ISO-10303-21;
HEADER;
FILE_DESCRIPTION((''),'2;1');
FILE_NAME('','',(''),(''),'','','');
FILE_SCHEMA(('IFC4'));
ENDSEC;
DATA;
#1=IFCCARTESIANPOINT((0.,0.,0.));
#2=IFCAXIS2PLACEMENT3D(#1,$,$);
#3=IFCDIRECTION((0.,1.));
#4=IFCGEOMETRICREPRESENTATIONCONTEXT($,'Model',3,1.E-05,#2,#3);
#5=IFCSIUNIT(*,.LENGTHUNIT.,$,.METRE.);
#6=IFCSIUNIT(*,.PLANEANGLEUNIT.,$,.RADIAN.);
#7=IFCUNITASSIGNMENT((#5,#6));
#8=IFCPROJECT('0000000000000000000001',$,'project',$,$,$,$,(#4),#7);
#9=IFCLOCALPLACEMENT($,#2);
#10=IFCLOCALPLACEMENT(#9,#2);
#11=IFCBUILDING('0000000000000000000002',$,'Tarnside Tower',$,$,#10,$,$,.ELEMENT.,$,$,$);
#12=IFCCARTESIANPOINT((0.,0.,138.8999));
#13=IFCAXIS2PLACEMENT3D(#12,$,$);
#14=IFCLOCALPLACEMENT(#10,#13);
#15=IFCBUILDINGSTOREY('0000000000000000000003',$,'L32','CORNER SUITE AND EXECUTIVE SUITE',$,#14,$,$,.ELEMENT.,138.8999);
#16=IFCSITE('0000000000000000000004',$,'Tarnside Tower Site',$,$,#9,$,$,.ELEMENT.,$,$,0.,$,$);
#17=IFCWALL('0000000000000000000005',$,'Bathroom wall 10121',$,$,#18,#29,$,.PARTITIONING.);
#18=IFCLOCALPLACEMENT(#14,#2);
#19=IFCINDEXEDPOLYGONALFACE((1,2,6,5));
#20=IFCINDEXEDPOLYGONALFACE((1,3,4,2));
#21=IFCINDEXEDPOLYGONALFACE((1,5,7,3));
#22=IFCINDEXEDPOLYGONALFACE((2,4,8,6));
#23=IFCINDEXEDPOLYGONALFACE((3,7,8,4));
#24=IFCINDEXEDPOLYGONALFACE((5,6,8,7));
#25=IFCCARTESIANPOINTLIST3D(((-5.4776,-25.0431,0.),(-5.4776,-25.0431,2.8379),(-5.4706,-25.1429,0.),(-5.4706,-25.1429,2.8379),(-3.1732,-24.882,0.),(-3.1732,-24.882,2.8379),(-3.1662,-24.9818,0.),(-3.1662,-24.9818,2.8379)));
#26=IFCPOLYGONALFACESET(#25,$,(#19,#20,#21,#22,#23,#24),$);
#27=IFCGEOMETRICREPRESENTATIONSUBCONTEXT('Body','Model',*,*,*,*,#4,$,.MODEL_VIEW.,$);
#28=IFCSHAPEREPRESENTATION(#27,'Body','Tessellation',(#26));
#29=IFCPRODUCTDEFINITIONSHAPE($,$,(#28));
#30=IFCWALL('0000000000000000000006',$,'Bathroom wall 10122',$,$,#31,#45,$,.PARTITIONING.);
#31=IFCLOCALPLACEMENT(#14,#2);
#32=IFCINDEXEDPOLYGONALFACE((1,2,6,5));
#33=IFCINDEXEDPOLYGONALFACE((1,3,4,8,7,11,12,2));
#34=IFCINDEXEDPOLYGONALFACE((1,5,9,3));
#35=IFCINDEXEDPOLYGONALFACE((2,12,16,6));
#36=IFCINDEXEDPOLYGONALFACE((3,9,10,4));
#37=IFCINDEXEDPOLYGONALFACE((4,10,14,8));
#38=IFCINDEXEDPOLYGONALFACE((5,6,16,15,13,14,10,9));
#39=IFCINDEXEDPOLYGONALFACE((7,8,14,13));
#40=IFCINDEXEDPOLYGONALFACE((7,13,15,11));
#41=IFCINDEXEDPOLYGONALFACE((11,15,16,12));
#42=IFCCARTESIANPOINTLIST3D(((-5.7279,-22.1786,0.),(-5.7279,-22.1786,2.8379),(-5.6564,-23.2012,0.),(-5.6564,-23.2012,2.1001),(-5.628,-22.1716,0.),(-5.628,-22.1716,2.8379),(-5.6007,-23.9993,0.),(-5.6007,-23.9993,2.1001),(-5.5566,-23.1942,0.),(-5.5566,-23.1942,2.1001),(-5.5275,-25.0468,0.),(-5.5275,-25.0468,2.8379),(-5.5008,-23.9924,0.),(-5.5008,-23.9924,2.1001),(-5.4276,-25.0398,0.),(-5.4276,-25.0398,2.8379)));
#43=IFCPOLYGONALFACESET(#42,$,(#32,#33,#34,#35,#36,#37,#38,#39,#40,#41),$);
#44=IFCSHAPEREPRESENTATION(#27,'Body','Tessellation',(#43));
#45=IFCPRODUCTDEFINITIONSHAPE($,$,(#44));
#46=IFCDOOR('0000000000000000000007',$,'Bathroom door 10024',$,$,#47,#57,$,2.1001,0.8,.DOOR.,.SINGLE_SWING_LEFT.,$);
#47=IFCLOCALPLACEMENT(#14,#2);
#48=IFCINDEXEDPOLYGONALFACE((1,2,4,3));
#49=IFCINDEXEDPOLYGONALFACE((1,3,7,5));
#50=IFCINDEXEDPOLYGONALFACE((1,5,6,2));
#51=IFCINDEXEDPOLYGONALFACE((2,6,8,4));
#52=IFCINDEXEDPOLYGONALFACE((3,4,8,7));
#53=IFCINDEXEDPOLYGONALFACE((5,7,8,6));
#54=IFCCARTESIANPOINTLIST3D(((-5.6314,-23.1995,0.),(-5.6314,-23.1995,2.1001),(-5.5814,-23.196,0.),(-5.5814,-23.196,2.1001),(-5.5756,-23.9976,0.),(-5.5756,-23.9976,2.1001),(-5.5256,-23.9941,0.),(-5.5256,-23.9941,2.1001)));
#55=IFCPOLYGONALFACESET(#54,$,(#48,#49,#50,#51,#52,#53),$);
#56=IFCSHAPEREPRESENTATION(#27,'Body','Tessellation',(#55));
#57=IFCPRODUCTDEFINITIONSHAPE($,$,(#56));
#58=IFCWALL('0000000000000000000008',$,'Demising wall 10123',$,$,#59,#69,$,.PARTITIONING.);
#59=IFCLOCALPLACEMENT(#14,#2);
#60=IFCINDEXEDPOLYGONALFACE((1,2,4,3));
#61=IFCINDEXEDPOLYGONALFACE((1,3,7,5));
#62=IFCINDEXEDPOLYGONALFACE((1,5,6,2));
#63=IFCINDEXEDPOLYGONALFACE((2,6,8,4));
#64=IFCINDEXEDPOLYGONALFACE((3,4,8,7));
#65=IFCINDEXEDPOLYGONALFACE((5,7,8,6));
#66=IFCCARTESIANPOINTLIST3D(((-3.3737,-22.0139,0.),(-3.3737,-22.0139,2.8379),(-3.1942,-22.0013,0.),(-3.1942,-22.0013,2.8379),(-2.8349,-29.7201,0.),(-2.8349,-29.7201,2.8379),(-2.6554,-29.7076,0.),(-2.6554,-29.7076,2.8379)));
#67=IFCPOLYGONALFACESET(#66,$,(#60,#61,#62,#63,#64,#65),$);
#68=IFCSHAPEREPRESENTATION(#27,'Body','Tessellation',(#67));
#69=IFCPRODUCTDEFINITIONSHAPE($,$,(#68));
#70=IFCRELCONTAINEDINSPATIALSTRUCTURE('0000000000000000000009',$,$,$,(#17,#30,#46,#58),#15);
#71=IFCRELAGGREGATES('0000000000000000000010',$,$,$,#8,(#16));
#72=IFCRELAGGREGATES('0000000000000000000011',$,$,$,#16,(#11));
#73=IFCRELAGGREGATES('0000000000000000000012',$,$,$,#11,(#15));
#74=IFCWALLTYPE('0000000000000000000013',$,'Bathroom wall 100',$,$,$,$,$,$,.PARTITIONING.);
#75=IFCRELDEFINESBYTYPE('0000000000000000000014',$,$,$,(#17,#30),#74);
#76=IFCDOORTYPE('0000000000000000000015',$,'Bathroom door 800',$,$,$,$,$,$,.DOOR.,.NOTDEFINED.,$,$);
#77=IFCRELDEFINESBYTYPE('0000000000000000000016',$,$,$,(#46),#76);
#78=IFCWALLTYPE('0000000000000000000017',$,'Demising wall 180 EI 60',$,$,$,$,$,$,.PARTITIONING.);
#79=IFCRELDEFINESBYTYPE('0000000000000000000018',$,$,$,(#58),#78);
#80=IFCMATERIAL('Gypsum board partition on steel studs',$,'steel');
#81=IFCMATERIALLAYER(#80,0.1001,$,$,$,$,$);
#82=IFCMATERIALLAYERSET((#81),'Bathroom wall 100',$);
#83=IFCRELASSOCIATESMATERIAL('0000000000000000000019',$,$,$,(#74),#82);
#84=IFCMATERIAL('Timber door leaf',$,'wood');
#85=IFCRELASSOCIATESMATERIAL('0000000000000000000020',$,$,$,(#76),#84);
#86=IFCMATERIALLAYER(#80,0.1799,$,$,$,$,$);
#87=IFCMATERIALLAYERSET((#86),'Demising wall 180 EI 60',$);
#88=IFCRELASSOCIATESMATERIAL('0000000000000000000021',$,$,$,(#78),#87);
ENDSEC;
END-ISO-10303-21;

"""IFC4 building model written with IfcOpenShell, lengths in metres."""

from ifc_helpers import new_model, si_unit, direction, frame, frame_2d, origin, place, context, subcontext, project, spatial, rectangle, extrude, material, layer, layer_set, type_object, element, fill, save


model = new_model("IFC4")

# Units and contexts
model_context = context("Model", 3, precision=1e-05, world=origin(), true_north=direction((0.0, 1.0)))
body_context = subcontext(model_context, "Body", "Model", "MODEL_VIEW")
ifc_project = project(units=[si_unit("LENGTHUNIT", "METRE"), si_unit("PLANEANGLEUNIT", "RADIAN")], contexts=[model_context])

# Site, building, storey
site_placement = place(None, origin())
site = spatial("IfcSite", under=ifc_project, at=site_placement, Name="Tarnside Tower Site", CompositionType="ELEMENT", RefElevation=0.0)
building_placement = place(site_placement, origin())
building = spatial("IfcBuilding", under=site, at=building_placement, Name="Tarnside Tower", CompositionType="ELEMENT")
storey_placement = place(building_placement, frame((0.0, 0.0, 138.8999)))
storey = spatial("IfcBuildingStorey", under=building, at=storey_placement, Name="L32", Description="CORNER SUITE AND EXECUTIVE SUITE", CompositionType="ELEMENT", Elevation=138.8999)

# Wall
ifc_material_1 = material(Name="Gypsum board partition on steel studs", Category="steel")
ifc_layer_1 = layer(ifc_material_1, 0.1001)
ifc_layer_set_1 = layer_set([ifc_layer_1], Name="Bathroom wall 100")
wall_type_1 = type_object("IfcWallType", Name="Bathroom wall 100", PredefinedType="PARTITIONING", material=ifc_layer_set_1)
wall_1_placement = place(storey_placement, frame((-3.1697, -24.9319, 0.0), z_axis=(0.0, 0.0, 1.0), x_axis=(-0.997564, -0.069752, 0.0)))
element("IfcWall", 1, at=wall_1_placement, inside=storey, type_object=wall_type_1, Name="Bathroom wall 10121", PredefinedType="PARTITIONING", context=body_context, shape_type="SweptSolid", body=[
    extrude(rectangle(XDim=2.3101, YDim=0.1001, at=frame_2d((1.155, 0.0))), origin(), (0.0, 0.0, 1.0), 2.8379),
])

# Wall, opening, door
wall_2_placement = place(storey_placement, frame((-5.4775, -25.0432, 0.0), z_axis=(0.0, 0.0, 1.0), x_axis=(-0.069714, 0.997567, 0.0)))
wall_2 = element("IfcWall", 2, at=wall_2_placement, inside=storey, type_object=wall_type_1, Name="Bathroom wall 10122", PredefinedType="PARTITIONING", context=body_context, shape_type="SweptSolid", body=[
    extrude(rectangle(XDim=2.8752, YDim=0.1001, at=frame_2d((1.4375, 0.0))), origin(), (0.0, 0.0, 1.0), 2.8379),
])
opening_1_placement = place(wall_2_placement, frame((1.05, 0.0, 0.0)))
opening_1 = element("IfcOpeningElement", 3, at=opening_1_placement, cuts=wall_2, PredefinedType="OPENING", context=body_context, shape_type="SweptSolid", body=[
    extrude(rectangle(XDim=0.8, YDim=2.1001, at=frame_2d((0.3999, 1.05))), frame((0.0, 0.0601, 0.0), z_axis=(0.0, -1.0, 0.0), x_axis=(1.0, 0.0, 0.0)), (0.0, 0.0, 1.0), 0.1201),
])
ifc_material_2 = material(Name="Timber door leaf", Category="wood")
door_type = type_object("IfcDoorType", Name="Bathroom door 800", OperationType="NOTDEFINED", PredefinedType="DOOR", material=ifc_material_2)
door_placement = place(opening_1_placement, origin())
door = element("IfcDoor", 4, at=door_placement, inside=storey, type_object=door_type, Name="Bathroom door 10024", OperationType="SINGLE_SWING_LEFT", OverallHeight=2.1001, OverallWidth=0.8, PredefinedType="DOOR", context=body_context, shape_type="SweptSolid", body=[
    extrude(rectangle(XDim=0.8, YDim=2.1001, at=frame_2d((0.3999, 1.05))), frame((0.0, 0.0249, 0.0), z_axis=(0.0, -1.0, 0.0), x_axis=(1.0, 0.0, 0.0)), (0.0, 0.0, 1.0), 0.05),
])
fill(opening_1, door)

# Wall
ifc_layer_2 = layer(ifc_material_1, 0.1799)
ifc_layer_set_2 = layer_set([ifc_layer_2], Name="Demising wall 180 EI 60")
wall_type_2 = type_object("IfcWallType", Name="Demising wall 180 EI 60", PredefinedType="PARTITIONING", material=ifc_layer_set_2)
wall_3_placement = place(storey_placement, frame((-2.7451, -29.7139, 0.0), z_axis=(0.0, 0.0, 1.0), x_axis=(-0.069749, 0.997565, 0.0)))
element("IfcWall", 5, at=wall_3_placement, inside=storey, type_object=wall_type_2, Name="Demising wall 10123", PredefinedType="PARTITIONING", context=body_context, shape_type="SweptSolid", body=[
    extrude(rectangle(XDim=7.7251, YDim=0.1799, at=frame_2d((3.8625, 0.0))), origin(), (0.0, 0.0, 1.0), 2.8379),
])

save(model, "model.ifc")
